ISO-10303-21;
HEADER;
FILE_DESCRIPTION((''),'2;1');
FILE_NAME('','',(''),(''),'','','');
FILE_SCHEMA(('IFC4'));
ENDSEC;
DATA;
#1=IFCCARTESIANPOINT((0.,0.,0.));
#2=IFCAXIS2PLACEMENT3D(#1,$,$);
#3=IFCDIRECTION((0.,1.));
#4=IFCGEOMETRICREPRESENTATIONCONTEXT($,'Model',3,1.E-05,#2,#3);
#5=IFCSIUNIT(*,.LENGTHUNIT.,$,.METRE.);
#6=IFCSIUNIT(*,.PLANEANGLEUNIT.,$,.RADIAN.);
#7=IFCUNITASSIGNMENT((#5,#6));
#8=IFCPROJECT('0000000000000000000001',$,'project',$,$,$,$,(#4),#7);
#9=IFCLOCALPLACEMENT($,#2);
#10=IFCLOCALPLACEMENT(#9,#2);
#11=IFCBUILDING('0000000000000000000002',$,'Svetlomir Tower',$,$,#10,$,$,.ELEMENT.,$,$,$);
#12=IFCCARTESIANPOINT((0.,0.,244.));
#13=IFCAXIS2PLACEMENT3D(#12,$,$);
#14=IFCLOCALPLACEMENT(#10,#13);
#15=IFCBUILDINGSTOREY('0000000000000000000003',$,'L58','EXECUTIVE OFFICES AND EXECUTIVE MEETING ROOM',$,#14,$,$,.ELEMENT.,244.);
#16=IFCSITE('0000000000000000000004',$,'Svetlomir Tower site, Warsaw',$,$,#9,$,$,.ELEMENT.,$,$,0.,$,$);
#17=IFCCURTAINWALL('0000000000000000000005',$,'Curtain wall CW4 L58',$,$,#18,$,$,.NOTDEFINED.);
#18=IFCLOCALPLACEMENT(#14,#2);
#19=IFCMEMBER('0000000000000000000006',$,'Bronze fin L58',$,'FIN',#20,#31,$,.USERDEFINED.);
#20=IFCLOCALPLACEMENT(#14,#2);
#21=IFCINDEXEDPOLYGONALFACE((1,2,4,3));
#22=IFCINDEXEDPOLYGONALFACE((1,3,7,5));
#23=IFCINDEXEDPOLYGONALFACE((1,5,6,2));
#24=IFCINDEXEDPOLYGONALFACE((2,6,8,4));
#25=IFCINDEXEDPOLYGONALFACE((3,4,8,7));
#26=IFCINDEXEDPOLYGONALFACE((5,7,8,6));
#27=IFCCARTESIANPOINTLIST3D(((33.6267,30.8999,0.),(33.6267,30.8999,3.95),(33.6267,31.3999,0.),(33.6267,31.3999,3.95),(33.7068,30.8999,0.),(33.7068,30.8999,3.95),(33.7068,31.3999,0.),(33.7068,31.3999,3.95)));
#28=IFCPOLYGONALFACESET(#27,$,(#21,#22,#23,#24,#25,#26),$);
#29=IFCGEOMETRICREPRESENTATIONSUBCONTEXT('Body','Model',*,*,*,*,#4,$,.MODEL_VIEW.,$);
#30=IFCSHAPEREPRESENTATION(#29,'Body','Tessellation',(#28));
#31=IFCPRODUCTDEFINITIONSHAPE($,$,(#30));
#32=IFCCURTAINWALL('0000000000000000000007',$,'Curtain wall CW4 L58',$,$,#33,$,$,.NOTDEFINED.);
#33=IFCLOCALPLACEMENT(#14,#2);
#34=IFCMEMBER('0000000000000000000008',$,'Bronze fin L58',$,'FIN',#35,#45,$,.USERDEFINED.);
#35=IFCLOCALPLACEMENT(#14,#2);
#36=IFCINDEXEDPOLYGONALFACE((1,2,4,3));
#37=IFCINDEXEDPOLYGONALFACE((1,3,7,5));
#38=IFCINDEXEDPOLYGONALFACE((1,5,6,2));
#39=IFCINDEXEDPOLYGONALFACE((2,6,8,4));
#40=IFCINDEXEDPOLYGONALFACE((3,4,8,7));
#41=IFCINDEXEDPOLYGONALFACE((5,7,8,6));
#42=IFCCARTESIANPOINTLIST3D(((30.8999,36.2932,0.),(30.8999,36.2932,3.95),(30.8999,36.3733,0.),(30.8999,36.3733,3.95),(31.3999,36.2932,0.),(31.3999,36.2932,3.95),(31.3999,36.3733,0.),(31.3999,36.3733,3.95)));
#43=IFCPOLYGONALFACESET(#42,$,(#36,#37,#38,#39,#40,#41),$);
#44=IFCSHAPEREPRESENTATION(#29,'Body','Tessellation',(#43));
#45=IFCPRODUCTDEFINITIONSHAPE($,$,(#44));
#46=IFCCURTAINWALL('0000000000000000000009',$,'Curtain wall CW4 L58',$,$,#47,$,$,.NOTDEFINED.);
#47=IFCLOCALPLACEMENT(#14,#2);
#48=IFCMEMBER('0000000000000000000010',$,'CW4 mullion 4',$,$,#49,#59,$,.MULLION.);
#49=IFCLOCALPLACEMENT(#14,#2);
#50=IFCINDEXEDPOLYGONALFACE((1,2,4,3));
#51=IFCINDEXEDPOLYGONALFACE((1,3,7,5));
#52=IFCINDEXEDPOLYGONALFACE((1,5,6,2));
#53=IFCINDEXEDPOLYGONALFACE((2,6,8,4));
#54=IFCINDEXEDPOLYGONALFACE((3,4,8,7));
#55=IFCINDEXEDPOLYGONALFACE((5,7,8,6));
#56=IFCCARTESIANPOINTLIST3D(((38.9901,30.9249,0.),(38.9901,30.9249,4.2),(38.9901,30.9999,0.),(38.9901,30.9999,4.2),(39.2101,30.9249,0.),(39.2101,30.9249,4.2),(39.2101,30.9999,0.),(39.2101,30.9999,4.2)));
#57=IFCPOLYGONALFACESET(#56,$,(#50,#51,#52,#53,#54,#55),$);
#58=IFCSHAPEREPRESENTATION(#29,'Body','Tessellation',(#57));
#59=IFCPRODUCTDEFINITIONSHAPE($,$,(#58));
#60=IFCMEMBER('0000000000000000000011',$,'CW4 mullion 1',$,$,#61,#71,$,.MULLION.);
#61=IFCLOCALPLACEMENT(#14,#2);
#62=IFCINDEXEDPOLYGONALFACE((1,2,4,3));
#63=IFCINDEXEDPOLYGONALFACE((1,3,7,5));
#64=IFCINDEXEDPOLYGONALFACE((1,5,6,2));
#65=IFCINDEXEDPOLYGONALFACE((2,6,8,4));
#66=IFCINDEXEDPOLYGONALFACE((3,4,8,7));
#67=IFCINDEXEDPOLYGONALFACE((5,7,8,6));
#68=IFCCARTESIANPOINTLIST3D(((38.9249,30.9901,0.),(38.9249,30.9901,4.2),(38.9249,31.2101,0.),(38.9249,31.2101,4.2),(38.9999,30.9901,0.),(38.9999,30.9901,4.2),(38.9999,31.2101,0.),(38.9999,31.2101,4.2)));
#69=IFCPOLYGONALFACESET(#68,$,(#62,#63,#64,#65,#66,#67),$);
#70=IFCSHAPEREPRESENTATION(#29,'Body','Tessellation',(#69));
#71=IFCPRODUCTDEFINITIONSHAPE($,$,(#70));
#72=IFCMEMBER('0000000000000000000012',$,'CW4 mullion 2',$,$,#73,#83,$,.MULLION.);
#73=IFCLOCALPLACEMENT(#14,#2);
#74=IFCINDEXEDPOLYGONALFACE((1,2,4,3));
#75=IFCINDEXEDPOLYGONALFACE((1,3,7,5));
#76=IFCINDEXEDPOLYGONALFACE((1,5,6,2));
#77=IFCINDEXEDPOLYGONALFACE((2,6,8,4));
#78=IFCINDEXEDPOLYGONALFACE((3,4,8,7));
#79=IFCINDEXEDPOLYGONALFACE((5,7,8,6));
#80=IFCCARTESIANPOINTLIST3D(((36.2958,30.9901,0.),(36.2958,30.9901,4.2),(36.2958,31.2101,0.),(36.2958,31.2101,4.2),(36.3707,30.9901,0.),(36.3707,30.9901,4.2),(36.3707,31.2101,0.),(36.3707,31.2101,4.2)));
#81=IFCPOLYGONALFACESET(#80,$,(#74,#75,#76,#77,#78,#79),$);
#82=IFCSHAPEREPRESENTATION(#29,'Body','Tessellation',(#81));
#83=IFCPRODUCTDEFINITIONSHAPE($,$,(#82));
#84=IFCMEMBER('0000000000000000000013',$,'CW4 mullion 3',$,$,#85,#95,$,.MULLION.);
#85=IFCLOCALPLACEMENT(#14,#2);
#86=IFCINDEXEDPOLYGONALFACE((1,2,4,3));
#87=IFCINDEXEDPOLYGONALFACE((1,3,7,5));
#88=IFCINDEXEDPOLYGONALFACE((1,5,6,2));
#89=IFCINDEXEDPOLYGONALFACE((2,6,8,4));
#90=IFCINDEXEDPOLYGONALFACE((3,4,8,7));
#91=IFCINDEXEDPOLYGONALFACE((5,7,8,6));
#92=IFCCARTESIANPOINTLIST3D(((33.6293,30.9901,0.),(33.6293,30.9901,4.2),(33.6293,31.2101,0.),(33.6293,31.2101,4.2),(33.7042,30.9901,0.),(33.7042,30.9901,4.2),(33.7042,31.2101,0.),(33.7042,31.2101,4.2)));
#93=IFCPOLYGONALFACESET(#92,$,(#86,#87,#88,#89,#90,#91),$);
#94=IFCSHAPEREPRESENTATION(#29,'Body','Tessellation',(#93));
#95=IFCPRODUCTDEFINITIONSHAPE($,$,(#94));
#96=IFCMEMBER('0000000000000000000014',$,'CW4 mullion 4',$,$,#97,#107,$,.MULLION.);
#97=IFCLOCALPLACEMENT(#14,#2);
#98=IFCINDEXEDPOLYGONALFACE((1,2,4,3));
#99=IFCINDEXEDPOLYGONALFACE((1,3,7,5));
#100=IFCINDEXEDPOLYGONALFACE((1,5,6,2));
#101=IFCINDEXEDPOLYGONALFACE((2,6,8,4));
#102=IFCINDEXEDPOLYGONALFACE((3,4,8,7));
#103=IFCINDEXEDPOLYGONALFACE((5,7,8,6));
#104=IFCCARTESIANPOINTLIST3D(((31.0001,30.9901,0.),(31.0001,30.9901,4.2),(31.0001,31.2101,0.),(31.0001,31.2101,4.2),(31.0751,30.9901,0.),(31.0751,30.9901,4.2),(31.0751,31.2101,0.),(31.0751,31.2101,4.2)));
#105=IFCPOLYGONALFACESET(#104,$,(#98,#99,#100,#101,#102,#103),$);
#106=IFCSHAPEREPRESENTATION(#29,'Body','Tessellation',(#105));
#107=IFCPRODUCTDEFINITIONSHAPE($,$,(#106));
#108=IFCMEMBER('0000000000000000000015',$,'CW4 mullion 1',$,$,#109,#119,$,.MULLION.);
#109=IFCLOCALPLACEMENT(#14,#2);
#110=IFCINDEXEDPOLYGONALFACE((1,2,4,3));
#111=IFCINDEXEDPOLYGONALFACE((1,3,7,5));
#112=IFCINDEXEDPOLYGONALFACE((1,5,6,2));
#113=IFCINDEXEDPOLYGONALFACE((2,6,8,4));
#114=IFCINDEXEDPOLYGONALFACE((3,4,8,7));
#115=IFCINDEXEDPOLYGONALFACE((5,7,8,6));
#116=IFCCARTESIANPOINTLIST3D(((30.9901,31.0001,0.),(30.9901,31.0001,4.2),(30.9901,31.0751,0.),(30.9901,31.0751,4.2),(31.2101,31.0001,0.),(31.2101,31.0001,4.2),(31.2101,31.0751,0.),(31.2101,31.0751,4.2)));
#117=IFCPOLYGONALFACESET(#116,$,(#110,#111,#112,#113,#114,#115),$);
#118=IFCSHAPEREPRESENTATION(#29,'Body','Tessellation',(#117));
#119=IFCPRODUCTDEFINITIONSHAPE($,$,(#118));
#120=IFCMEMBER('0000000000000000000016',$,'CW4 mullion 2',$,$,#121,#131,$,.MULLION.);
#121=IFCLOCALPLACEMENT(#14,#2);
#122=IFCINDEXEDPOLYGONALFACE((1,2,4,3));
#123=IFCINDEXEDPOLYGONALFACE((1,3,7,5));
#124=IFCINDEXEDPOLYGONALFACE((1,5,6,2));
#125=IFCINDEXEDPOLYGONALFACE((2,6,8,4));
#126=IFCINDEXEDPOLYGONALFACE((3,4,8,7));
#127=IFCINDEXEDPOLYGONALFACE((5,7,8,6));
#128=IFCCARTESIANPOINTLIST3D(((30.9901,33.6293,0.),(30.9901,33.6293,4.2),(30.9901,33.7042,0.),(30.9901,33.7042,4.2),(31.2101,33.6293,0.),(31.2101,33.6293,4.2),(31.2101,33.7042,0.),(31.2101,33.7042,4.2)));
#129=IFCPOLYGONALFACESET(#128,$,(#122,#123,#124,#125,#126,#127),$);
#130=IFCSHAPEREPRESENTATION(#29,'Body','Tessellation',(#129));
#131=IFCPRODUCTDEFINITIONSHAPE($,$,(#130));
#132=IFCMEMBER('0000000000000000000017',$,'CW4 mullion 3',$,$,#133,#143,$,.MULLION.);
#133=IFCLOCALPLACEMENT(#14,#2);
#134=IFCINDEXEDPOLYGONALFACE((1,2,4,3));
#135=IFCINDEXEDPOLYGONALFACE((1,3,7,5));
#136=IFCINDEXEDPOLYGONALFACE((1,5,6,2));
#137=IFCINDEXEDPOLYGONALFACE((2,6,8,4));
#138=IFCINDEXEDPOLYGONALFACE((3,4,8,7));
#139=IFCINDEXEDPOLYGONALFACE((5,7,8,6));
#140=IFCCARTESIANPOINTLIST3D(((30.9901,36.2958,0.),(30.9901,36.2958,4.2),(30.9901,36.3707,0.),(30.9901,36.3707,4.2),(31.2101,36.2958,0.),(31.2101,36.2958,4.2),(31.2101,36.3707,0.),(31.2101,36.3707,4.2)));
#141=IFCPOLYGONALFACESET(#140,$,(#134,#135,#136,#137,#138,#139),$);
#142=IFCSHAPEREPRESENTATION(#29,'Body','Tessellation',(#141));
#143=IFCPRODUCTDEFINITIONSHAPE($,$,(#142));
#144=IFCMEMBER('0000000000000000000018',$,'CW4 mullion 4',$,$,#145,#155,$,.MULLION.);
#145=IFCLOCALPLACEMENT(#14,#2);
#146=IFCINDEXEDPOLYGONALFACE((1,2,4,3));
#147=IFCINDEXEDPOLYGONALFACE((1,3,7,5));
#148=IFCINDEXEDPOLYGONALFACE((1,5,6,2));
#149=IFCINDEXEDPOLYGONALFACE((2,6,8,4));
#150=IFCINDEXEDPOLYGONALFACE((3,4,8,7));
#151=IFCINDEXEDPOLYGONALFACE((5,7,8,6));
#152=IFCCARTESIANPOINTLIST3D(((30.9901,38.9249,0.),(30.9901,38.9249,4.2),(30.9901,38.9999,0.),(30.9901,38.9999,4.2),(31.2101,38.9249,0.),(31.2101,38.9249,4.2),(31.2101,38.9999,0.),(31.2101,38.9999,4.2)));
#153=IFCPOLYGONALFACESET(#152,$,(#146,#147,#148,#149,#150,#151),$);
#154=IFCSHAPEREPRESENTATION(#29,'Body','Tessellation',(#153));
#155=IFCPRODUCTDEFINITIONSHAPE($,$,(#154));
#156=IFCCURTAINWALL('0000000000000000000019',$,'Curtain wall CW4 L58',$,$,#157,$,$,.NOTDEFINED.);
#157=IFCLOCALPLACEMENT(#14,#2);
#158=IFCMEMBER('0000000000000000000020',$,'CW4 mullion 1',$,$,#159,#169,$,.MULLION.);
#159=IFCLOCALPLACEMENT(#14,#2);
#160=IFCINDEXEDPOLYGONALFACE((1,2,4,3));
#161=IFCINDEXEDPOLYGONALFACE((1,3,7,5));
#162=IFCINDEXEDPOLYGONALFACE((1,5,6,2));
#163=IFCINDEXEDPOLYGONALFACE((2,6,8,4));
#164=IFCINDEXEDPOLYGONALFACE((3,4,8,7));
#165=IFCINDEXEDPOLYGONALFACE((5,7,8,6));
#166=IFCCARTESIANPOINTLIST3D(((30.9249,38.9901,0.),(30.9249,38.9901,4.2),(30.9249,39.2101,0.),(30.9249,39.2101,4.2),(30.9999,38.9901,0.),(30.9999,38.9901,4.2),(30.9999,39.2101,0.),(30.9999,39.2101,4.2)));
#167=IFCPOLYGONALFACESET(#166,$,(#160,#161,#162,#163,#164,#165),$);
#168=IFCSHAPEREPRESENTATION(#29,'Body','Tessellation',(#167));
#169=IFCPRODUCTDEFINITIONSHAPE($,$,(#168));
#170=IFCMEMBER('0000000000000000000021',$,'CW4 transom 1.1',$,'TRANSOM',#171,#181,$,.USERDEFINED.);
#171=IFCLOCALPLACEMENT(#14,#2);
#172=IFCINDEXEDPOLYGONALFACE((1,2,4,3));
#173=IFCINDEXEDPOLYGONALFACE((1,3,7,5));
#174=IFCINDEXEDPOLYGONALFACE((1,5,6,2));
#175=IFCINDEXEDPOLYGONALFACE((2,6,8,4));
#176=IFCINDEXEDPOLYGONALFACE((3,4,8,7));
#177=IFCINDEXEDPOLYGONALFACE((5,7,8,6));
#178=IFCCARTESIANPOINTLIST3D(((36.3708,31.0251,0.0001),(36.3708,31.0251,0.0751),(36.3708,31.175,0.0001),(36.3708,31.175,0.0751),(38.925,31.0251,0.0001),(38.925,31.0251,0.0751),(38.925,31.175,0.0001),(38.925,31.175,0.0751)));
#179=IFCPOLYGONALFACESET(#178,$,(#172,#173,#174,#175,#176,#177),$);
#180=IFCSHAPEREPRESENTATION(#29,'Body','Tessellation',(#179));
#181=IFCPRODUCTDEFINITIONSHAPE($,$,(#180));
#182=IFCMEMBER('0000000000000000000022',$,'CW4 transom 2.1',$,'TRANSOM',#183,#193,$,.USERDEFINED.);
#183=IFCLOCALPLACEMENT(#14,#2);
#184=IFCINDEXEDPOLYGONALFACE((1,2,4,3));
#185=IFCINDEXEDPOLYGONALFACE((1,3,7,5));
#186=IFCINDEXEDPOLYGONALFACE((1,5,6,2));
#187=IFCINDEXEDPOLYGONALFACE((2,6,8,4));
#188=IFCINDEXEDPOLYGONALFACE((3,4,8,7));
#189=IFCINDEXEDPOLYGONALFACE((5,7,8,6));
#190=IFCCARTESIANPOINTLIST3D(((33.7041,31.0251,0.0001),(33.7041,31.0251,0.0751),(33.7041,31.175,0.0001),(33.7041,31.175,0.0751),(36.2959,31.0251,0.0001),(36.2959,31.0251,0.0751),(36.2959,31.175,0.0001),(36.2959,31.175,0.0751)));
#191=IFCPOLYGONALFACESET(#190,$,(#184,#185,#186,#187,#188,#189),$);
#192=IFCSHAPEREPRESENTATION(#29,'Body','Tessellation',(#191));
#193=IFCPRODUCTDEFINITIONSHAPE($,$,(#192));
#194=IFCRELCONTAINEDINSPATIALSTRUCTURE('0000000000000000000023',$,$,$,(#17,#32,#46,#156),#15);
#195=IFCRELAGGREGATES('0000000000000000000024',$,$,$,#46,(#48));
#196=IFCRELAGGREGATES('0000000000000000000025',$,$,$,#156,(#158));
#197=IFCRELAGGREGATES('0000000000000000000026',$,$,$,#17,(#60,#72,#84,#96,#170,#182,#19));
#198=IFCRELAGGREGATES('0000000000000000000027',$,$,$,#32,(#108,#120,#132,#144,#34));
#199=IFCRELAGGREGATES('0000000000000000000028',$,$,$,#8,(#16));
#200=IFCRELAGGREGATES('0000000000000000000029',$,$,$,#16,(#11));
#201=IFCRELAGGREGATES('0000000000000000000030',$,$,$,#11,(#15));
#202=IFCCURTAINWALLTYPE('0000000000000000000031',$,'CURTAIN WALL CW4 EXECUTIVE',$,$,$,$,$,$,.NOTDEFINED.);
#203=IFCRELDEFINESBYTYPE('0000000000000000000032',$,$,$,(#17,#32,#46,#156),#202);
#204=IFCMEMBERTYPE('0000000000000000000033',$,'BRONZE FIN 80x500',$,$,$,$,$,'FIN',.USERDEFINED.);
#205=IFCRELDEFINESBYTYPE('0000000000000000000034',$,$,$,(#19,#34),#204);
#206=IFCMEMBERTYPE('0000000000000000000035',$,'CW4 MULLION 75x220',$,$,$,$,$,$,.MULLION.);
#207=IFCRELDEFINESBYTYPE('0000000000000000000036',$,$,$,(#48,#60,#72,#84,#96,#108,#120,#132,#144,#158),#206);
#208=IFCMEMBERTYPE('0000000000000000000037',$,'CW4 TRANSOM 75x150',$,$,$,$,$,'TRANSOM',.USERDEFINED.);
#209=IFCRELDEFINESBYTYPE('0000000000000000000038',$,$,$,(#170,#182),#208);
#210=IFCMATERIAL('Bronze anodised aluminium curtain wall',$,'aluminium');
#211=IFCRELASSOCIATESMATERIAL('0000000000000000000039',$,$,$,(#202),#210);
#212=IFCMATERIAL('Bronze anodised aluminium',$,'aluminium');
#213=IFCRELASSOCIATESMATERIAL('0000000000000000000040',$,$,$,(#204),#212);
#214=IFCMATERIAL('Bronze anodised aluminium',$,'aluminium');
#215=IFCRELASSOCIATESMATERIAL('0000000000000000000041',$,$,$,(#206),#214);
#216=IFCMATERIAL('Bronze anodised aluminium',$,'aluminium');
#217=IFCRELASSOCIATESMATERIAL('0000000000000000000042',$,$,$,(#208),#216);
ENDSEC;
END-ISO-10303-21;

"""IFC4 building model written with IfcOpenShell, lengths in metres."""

from ifc_helpers import new_model, si_unit, direction, frame, origin, origin_2d, place, context, subcontext, project, spatial, rectangle, extrude, material, material_profile, profile_set, type_object, element, aggregate, save


model = new_model("IFC4")

# Units and contexts
model_context = context("Model", 3, precision=1e-05, world=origin(), true_north=direction((0.0, 1.0)))
body_context = subcontext(model_context, "Body", "Model", "MODEL_VIEW")
ifc_project = project(units=[si_unit("LENGTHUNIT", "METRE"), si_unit("PLANEANGLEUNIT", "RADIAN")], contexts=[model_context])

# Site, building, storey
site_placement = place(None, origin())
site = spatial("IfcSite", under=ifc_project, at=site_placement, Name="Svetlomir Tower site, Warsaw", CompositionType="ELEMENT", RefElevation=0.0)
building_placement = place(site_placement, origin())
building = spatial("IfcBuilding", under=site, at=building_placement, Name="Svetlomir Tower", CompositionType="ELEMENT")
storey_placement = place(building_placement, frame((0.0, 0.0, 244.0)))
storey = spatial("IfcBuildingStorey", under=building, at=storey_placement, Name="L58", Description="EXECUTIVE OFFICES AND EXECUTIVE MEETING ROOM", CompositionType="ELEMENT", Elevation=244.0)

# Curtain walls, members
ifc_material_1 = material(Name="Bronze anodised aluminium curtain wall", Category="aluminium")
curtain_wall_type = type_object("IfcCurtainWallType", Name="CURTAIN WALL CW4 EXECUTIVE", PredefinedType="NOTDEFINED", material=ifc_material_1)
curtain_wall_1_placement = place(storey_placement, origin())
curtain_wall_1 = element("IfcCurtainWall", 1, at=curtain_wall_1_placement, inside=storey, type_object=curtain_wall_type, Name="Curtain wall CW4 L58", PredefinedType="NOTDEFINED")
ifc_material_2 = material(Name="Bronze anodised aluminium", Category="aluminium")
ifc_material_profile_1 = material_profile(ifc_material_2, rectangle(XDim=0.0801, YDim=0.5, at=origin_2d()), Name="FIN 80x500")
ifc_profile_set_1 = profile_set([ifc_material_profile_1], Name="Bronze anodised aluminium 6063-T6")
member_type_1 = type_object("IfcMemberType", Name="BRONZE FIN 80x500", ElementType="FIN", PredefinedType="USERDEFINED", material=ifc_profile_set_1)
member_1_placement = place(storey_placement, frame((33.6667, 31.1499, 0.0), z_axis=(0.0, 0.0, 1.0), x_axis=(1.0, 0.0, 0.0)))
member_1 = element("IfcMember", 2, at=member_1_placement, type_object=member_type_1, Name="Bronze fin L58", ObjectType="FIN", PredefinedType="USERDEFINED", context=body_context, shape_type="SweptSolid", body=[
    extrude(rectangle(XDim=0.0801, YDim=0.5, at=origin_2d()), origin(), (0.0, 0.0, 1.0), 3.95),
])
curtain_wall_2_placement = place(storey_placement, origin())
curtain_wall_2 = element("IfcCurtainWall", 3, at=curtain_wall_2_placement, inside=storey, type_object=curtain_wall_type, Name="Curtain wall CW4 L58", PredefinedType="NOTDEFINED")
member_2_placement = place(storey_placement, frame((31.1499, 36.3333, 0.0), z_axis=(0.0, 0.0, 1.0), x_axis=(0.0, 1.0, 0.0)))
member_2 = element("IfcMember", 4, at=member_2_placement, type_object=member_type_1, Name="Bronze fin L58", ObjectType="FIN", PredefinedType="USERDEFINED", context=body_context, shape_type="SweptSolid", body=[
    extrude(rectangle(XDim=0.0801, YDim=0.5, at=origin_2d()), origin(), (0.0, 0.0, 1.0), 3.95),
])
curtain_wall_3_placement = place(storey_placement, origin())
curtain_wall_3 = element("IfcCurtainWall", 5, at=curtain_wall_3_placement, inside=storey, type_object=curtain_wall_type, Name="Curtain wall CW4 L58", PredefinedType="NOTDEFINED")
ifc_material_3 = material(Name="Bronze anodised aluminium", Category="aluminium")
ifc_material_profile_2 = material_profile(ifc_material_3, rectangle(XDim=0.075, YDim=0.22, at=origin_2d()), Name="AL 75x220")
ifc_profile_set_2 = profile_set([ifc_material_profile_2], Name="Bronze anodised aluminium 6063-T6")
member_type_2 = type_object("IfcMemberType", Name="CW4 MULLION 75x220", PredefinedType="MULLION", material=ifc_profile_set_2)
member_3_placement = place(storey_placement, frame((39.1001, 30.9624, 0.0), z_axis=(0.0, 0.0, 1.0), x_axis=(0.0, 1.0, 0.0)))
member_3 = element("IfcMember", 6, at=member_3_placement, type_object=member_type_2, Name="CW4 mullion 4", PredefinedType="MULLION", context=body_context, shape_type="SweptSolid", body=[
    extrude(rectangle(XDim=0.075, YDim=0.22, at=origin_2d()), origin(), (0.0, 0.0, 1.0), 4.2),
])
aggregate(curtain_wall_3, [member_3])

# Members
member_4_placement = place(storey_placement, frame((38.9624, 31.1001, 0.0), z_axis=(0.0, 0.0, 1.0), x_axis=(-1.0, 0.0, 0.0)))
member_4 = element("IfcMember", 7, at=member_4_placement, type_object=member_type_2, Name="CW4 mullion 1", PredefinedType="MULLION", context=body_context, shape_type="SweptSolid", body=[
    extrude(rectangle(XDim=0.075, YDim=0.22, at=origin_2d()), origin(), (0.0, 0.0, 1.0), 4.2),
])
member_5_placement = place(storey_placement, frame((36.3333, 31.1001, 0.0), z_axis=(0.0, 0.0, 1.0), x_axis=(-1.0, 0.0, 0.0)))
member_5 = element("IfcMember", 8, at=member_5_placement, type_object=member_type_2, Name="CW4 mullion 2", PredefinedType="MULLION", context=body_context, shape_type="SweptSolid", body=[
    extrude(rectangle(XDim=0.075, YDim=0.22, at=origin_2d()), origin(), (0.0, 0.0, 1.0), 4.2),
])
member_6_placement = place(storey_placement, frame((33.6667, 31.1001, 0.0), z_axis=(0.0, 0.0, 1.0), x_axis=(-1.0, 0.0, 0.0)))
member_6 = element("IfcMember", 9, at=member_6_placement, type_object=member_type_2, Name="CW4 mullion 3", PredefinedType="MULLION", context=body_context, shape_type="SweptSolid", body=[
    extrude(rectangle(XDim=0.075, YDim=0.22, at=origin_2d()), origin(), (0.0, 0.0, 1.0), 4.2),
])
member_7_placement = place(storey_placement, frame((31.0376, 31.1001, 0.0), z_axis=(0.0, 0.0, 1.0), x_axis=(-1.0, 0.0, 0.0)))
member_7 = element("IfcMember", 10, at=member_7_placement, type_object=member_type_2, Name="CW4 mullion 4", PredefinedType="MULLION", context=body_context, shape_type="SweptSolid", body=[
    extrude(rectangle(XDim=0.075, YDim=0.22, at=origin_2d()), origin(), (0.0, 0.0, 1.0), 4.2),
])
member_8_placement = place(storey_placement, frame((31.1001, 31.0376, 0.0), z_axis=(0.0, 0.0, 1.0), x_axis=(0.0, 1.0, 0.0)))
member_8 = element("IfcMember", 11, at=member_8_placement, type_object=member_type_2, Name="CW4 mullion 1", PredefinedType="MULLION", context=body_context, shape_type="SweptSolid", body=[
    extrude(rectangle(XDim=0.075, YDim=0.22, at=origin_2d()), origin(), (0.0, 0.0, 1.0), 4.2),
])
member_9_placement = place(storey_placement, frame((31.1001, 33.6667, 0.0), z_axis=(0.0, 0.0, 1.0), x_axis=(0.0, 1.0, 0.0)))
member_9 = element("IfcMember", 12, at=member_9_placement, type_object=member_type_2, Name="CW4 mullion 2", PredefinedType="MULLION", context=body_context, shape_type="SweptSolid", body=[
    extrude(rectangle(XDim=0.075, YDim=0.22, at=origin_2d()), origin(), (0.0, 0.0, 1.0), 4.2),
])
member_10_placement = place(storey_placement, frame((31.1001, 36.3333, 0.0), z_axis=(0.0, 0.0, 1.0), x_axis=(0.0, 1.0, 0.0)))
member_10 = element("IfcMember", 13, at=member_10_placement, type_object=member_type_2, Name="CW4 mullion 3", PredefinedType="MULLION", context=body_context, shape_type="SweptSolid", body=[
    extrude(rectangle(XDim=0.075, YDim=0.22, at=origin_2d()), origin(), (0.0, 0.0, 1.0), 4.2),
])
member_11_placement = place(storey_placement, frame((31.1001, 38.9624, 0.0), z_axis=(0.0, 0.0, 1.0), x_axis=(0.0, 1.0, 0.0)))
member_11 = element("IfcMember", 14, at=member_11_placement, type_object=member_type_2, Name="CW4 mullion 4", PredefinedType="MULLION", context=body_context, shape_type="SweptSolid", body=[
    extrude(rectangle(XDim=0.075, YDim=0.22, at=origin_2d()), origin(), (0.0, 0.0, 1.0), 4.2),
])

# Curtain wall, member
curtain_wall_4_placement = place(storey_placement, origin())
curtain_wall_4 = element("IfcCurtainWall", 15, at=curtain_wall_4_placement, inside=storey, type_object=curtain_wall_type, Name="Curtain wall CW4 L58", PredefinedType="NOTDEFINED")
member_12_placement = place(storey_placement, frame((30.9624, 39.1001, 0.0), z_axis=(0.0, 0.0, 1.0), x_axis=(-1.0, 0.0, 0.0)))
member_12 = element("IfcMember", 16, at=member_12_placement, type_object=member_type_2, Name="CW4 mullion 1", PredefinedType="MULLION", context=body_context, shape_type="SweptSolid", body=[
    extrude(rectangle(XDim=0.075, YDim=0.22, at=origin_2d()), origin(), (0.0, 0.0, 1.0), 4.2),
])

# Members
ifc_material_4 = material(Name="Bronze anodised aluminium", Category="aluminium")
ifc_material_profile_3 = material_profile(ifc_material_4, rectangle(XDim=0.1499, YDim=0.075, at=origin_2d()), Name="AL 150x75")
ifc_profile_set_3 = profile_set([ifc_material_profile_3], Name="Bronze anodised aluminium 6063-T6")
member_type_3 = type_object("IfcMemberType", Name="CW4 TRANSOM 75x150", ElementType="TRANSOM", PredefinedType="USERDEFINED", material=ifc_profile_set_3)
member_13_placement = place(storey_placement, frame((38.925, 31.1001, 0.0376), z_axis=(-1.0, 0.0, 0.0), x_axis=(0.0, -1.0, 0.0)))
member_13 = element("IfcMember", 17, at=member_13_placement, type_object=member_type_3, Name="CW4 transom 1.1", ObjectType="TRANSOM", PredefinedType="USERDEFINED", context=body_context, shape_type="SweptSolid", body=[
    extrude(rectangle(XDim=0.1499, YDim=0.075, at=origin_2d()), origin(), (0.0, 0.0, 1.0), 2.5542),
])
member_14_placement = place(storey_placement, frame((36.2959, 31.1001, 0.0376), z_axis=(-1.0, 0.0, 0.0), x_axis=(0.0, -1.0, 0.0)))
member_14 = element("IfcMember", 18, at=member_14_placement, type_object=member_type_3, Name="CW4 transom 2.1", ObjectType="TRANSOM", PredefinedType="USERDEFINED", context=body_context, shape_type="SweptSolid", body=[
    extrude(rectangle(XDim=0.1499, YDim=0.075, at=origin_2d()), origin(), (0.0, 0.0, 1.0), 2.5918),
])
aggregate(curtain_wall_4, [member_12])

aggregate(curtain_wall_1, [member_4, member_5, member_6, member_7, member_13, member_14, member_1])
aggregate(curtain_wall_2, [member_8, member_9, member_10, member_11, member_2])

save(model, "model.ifc")
